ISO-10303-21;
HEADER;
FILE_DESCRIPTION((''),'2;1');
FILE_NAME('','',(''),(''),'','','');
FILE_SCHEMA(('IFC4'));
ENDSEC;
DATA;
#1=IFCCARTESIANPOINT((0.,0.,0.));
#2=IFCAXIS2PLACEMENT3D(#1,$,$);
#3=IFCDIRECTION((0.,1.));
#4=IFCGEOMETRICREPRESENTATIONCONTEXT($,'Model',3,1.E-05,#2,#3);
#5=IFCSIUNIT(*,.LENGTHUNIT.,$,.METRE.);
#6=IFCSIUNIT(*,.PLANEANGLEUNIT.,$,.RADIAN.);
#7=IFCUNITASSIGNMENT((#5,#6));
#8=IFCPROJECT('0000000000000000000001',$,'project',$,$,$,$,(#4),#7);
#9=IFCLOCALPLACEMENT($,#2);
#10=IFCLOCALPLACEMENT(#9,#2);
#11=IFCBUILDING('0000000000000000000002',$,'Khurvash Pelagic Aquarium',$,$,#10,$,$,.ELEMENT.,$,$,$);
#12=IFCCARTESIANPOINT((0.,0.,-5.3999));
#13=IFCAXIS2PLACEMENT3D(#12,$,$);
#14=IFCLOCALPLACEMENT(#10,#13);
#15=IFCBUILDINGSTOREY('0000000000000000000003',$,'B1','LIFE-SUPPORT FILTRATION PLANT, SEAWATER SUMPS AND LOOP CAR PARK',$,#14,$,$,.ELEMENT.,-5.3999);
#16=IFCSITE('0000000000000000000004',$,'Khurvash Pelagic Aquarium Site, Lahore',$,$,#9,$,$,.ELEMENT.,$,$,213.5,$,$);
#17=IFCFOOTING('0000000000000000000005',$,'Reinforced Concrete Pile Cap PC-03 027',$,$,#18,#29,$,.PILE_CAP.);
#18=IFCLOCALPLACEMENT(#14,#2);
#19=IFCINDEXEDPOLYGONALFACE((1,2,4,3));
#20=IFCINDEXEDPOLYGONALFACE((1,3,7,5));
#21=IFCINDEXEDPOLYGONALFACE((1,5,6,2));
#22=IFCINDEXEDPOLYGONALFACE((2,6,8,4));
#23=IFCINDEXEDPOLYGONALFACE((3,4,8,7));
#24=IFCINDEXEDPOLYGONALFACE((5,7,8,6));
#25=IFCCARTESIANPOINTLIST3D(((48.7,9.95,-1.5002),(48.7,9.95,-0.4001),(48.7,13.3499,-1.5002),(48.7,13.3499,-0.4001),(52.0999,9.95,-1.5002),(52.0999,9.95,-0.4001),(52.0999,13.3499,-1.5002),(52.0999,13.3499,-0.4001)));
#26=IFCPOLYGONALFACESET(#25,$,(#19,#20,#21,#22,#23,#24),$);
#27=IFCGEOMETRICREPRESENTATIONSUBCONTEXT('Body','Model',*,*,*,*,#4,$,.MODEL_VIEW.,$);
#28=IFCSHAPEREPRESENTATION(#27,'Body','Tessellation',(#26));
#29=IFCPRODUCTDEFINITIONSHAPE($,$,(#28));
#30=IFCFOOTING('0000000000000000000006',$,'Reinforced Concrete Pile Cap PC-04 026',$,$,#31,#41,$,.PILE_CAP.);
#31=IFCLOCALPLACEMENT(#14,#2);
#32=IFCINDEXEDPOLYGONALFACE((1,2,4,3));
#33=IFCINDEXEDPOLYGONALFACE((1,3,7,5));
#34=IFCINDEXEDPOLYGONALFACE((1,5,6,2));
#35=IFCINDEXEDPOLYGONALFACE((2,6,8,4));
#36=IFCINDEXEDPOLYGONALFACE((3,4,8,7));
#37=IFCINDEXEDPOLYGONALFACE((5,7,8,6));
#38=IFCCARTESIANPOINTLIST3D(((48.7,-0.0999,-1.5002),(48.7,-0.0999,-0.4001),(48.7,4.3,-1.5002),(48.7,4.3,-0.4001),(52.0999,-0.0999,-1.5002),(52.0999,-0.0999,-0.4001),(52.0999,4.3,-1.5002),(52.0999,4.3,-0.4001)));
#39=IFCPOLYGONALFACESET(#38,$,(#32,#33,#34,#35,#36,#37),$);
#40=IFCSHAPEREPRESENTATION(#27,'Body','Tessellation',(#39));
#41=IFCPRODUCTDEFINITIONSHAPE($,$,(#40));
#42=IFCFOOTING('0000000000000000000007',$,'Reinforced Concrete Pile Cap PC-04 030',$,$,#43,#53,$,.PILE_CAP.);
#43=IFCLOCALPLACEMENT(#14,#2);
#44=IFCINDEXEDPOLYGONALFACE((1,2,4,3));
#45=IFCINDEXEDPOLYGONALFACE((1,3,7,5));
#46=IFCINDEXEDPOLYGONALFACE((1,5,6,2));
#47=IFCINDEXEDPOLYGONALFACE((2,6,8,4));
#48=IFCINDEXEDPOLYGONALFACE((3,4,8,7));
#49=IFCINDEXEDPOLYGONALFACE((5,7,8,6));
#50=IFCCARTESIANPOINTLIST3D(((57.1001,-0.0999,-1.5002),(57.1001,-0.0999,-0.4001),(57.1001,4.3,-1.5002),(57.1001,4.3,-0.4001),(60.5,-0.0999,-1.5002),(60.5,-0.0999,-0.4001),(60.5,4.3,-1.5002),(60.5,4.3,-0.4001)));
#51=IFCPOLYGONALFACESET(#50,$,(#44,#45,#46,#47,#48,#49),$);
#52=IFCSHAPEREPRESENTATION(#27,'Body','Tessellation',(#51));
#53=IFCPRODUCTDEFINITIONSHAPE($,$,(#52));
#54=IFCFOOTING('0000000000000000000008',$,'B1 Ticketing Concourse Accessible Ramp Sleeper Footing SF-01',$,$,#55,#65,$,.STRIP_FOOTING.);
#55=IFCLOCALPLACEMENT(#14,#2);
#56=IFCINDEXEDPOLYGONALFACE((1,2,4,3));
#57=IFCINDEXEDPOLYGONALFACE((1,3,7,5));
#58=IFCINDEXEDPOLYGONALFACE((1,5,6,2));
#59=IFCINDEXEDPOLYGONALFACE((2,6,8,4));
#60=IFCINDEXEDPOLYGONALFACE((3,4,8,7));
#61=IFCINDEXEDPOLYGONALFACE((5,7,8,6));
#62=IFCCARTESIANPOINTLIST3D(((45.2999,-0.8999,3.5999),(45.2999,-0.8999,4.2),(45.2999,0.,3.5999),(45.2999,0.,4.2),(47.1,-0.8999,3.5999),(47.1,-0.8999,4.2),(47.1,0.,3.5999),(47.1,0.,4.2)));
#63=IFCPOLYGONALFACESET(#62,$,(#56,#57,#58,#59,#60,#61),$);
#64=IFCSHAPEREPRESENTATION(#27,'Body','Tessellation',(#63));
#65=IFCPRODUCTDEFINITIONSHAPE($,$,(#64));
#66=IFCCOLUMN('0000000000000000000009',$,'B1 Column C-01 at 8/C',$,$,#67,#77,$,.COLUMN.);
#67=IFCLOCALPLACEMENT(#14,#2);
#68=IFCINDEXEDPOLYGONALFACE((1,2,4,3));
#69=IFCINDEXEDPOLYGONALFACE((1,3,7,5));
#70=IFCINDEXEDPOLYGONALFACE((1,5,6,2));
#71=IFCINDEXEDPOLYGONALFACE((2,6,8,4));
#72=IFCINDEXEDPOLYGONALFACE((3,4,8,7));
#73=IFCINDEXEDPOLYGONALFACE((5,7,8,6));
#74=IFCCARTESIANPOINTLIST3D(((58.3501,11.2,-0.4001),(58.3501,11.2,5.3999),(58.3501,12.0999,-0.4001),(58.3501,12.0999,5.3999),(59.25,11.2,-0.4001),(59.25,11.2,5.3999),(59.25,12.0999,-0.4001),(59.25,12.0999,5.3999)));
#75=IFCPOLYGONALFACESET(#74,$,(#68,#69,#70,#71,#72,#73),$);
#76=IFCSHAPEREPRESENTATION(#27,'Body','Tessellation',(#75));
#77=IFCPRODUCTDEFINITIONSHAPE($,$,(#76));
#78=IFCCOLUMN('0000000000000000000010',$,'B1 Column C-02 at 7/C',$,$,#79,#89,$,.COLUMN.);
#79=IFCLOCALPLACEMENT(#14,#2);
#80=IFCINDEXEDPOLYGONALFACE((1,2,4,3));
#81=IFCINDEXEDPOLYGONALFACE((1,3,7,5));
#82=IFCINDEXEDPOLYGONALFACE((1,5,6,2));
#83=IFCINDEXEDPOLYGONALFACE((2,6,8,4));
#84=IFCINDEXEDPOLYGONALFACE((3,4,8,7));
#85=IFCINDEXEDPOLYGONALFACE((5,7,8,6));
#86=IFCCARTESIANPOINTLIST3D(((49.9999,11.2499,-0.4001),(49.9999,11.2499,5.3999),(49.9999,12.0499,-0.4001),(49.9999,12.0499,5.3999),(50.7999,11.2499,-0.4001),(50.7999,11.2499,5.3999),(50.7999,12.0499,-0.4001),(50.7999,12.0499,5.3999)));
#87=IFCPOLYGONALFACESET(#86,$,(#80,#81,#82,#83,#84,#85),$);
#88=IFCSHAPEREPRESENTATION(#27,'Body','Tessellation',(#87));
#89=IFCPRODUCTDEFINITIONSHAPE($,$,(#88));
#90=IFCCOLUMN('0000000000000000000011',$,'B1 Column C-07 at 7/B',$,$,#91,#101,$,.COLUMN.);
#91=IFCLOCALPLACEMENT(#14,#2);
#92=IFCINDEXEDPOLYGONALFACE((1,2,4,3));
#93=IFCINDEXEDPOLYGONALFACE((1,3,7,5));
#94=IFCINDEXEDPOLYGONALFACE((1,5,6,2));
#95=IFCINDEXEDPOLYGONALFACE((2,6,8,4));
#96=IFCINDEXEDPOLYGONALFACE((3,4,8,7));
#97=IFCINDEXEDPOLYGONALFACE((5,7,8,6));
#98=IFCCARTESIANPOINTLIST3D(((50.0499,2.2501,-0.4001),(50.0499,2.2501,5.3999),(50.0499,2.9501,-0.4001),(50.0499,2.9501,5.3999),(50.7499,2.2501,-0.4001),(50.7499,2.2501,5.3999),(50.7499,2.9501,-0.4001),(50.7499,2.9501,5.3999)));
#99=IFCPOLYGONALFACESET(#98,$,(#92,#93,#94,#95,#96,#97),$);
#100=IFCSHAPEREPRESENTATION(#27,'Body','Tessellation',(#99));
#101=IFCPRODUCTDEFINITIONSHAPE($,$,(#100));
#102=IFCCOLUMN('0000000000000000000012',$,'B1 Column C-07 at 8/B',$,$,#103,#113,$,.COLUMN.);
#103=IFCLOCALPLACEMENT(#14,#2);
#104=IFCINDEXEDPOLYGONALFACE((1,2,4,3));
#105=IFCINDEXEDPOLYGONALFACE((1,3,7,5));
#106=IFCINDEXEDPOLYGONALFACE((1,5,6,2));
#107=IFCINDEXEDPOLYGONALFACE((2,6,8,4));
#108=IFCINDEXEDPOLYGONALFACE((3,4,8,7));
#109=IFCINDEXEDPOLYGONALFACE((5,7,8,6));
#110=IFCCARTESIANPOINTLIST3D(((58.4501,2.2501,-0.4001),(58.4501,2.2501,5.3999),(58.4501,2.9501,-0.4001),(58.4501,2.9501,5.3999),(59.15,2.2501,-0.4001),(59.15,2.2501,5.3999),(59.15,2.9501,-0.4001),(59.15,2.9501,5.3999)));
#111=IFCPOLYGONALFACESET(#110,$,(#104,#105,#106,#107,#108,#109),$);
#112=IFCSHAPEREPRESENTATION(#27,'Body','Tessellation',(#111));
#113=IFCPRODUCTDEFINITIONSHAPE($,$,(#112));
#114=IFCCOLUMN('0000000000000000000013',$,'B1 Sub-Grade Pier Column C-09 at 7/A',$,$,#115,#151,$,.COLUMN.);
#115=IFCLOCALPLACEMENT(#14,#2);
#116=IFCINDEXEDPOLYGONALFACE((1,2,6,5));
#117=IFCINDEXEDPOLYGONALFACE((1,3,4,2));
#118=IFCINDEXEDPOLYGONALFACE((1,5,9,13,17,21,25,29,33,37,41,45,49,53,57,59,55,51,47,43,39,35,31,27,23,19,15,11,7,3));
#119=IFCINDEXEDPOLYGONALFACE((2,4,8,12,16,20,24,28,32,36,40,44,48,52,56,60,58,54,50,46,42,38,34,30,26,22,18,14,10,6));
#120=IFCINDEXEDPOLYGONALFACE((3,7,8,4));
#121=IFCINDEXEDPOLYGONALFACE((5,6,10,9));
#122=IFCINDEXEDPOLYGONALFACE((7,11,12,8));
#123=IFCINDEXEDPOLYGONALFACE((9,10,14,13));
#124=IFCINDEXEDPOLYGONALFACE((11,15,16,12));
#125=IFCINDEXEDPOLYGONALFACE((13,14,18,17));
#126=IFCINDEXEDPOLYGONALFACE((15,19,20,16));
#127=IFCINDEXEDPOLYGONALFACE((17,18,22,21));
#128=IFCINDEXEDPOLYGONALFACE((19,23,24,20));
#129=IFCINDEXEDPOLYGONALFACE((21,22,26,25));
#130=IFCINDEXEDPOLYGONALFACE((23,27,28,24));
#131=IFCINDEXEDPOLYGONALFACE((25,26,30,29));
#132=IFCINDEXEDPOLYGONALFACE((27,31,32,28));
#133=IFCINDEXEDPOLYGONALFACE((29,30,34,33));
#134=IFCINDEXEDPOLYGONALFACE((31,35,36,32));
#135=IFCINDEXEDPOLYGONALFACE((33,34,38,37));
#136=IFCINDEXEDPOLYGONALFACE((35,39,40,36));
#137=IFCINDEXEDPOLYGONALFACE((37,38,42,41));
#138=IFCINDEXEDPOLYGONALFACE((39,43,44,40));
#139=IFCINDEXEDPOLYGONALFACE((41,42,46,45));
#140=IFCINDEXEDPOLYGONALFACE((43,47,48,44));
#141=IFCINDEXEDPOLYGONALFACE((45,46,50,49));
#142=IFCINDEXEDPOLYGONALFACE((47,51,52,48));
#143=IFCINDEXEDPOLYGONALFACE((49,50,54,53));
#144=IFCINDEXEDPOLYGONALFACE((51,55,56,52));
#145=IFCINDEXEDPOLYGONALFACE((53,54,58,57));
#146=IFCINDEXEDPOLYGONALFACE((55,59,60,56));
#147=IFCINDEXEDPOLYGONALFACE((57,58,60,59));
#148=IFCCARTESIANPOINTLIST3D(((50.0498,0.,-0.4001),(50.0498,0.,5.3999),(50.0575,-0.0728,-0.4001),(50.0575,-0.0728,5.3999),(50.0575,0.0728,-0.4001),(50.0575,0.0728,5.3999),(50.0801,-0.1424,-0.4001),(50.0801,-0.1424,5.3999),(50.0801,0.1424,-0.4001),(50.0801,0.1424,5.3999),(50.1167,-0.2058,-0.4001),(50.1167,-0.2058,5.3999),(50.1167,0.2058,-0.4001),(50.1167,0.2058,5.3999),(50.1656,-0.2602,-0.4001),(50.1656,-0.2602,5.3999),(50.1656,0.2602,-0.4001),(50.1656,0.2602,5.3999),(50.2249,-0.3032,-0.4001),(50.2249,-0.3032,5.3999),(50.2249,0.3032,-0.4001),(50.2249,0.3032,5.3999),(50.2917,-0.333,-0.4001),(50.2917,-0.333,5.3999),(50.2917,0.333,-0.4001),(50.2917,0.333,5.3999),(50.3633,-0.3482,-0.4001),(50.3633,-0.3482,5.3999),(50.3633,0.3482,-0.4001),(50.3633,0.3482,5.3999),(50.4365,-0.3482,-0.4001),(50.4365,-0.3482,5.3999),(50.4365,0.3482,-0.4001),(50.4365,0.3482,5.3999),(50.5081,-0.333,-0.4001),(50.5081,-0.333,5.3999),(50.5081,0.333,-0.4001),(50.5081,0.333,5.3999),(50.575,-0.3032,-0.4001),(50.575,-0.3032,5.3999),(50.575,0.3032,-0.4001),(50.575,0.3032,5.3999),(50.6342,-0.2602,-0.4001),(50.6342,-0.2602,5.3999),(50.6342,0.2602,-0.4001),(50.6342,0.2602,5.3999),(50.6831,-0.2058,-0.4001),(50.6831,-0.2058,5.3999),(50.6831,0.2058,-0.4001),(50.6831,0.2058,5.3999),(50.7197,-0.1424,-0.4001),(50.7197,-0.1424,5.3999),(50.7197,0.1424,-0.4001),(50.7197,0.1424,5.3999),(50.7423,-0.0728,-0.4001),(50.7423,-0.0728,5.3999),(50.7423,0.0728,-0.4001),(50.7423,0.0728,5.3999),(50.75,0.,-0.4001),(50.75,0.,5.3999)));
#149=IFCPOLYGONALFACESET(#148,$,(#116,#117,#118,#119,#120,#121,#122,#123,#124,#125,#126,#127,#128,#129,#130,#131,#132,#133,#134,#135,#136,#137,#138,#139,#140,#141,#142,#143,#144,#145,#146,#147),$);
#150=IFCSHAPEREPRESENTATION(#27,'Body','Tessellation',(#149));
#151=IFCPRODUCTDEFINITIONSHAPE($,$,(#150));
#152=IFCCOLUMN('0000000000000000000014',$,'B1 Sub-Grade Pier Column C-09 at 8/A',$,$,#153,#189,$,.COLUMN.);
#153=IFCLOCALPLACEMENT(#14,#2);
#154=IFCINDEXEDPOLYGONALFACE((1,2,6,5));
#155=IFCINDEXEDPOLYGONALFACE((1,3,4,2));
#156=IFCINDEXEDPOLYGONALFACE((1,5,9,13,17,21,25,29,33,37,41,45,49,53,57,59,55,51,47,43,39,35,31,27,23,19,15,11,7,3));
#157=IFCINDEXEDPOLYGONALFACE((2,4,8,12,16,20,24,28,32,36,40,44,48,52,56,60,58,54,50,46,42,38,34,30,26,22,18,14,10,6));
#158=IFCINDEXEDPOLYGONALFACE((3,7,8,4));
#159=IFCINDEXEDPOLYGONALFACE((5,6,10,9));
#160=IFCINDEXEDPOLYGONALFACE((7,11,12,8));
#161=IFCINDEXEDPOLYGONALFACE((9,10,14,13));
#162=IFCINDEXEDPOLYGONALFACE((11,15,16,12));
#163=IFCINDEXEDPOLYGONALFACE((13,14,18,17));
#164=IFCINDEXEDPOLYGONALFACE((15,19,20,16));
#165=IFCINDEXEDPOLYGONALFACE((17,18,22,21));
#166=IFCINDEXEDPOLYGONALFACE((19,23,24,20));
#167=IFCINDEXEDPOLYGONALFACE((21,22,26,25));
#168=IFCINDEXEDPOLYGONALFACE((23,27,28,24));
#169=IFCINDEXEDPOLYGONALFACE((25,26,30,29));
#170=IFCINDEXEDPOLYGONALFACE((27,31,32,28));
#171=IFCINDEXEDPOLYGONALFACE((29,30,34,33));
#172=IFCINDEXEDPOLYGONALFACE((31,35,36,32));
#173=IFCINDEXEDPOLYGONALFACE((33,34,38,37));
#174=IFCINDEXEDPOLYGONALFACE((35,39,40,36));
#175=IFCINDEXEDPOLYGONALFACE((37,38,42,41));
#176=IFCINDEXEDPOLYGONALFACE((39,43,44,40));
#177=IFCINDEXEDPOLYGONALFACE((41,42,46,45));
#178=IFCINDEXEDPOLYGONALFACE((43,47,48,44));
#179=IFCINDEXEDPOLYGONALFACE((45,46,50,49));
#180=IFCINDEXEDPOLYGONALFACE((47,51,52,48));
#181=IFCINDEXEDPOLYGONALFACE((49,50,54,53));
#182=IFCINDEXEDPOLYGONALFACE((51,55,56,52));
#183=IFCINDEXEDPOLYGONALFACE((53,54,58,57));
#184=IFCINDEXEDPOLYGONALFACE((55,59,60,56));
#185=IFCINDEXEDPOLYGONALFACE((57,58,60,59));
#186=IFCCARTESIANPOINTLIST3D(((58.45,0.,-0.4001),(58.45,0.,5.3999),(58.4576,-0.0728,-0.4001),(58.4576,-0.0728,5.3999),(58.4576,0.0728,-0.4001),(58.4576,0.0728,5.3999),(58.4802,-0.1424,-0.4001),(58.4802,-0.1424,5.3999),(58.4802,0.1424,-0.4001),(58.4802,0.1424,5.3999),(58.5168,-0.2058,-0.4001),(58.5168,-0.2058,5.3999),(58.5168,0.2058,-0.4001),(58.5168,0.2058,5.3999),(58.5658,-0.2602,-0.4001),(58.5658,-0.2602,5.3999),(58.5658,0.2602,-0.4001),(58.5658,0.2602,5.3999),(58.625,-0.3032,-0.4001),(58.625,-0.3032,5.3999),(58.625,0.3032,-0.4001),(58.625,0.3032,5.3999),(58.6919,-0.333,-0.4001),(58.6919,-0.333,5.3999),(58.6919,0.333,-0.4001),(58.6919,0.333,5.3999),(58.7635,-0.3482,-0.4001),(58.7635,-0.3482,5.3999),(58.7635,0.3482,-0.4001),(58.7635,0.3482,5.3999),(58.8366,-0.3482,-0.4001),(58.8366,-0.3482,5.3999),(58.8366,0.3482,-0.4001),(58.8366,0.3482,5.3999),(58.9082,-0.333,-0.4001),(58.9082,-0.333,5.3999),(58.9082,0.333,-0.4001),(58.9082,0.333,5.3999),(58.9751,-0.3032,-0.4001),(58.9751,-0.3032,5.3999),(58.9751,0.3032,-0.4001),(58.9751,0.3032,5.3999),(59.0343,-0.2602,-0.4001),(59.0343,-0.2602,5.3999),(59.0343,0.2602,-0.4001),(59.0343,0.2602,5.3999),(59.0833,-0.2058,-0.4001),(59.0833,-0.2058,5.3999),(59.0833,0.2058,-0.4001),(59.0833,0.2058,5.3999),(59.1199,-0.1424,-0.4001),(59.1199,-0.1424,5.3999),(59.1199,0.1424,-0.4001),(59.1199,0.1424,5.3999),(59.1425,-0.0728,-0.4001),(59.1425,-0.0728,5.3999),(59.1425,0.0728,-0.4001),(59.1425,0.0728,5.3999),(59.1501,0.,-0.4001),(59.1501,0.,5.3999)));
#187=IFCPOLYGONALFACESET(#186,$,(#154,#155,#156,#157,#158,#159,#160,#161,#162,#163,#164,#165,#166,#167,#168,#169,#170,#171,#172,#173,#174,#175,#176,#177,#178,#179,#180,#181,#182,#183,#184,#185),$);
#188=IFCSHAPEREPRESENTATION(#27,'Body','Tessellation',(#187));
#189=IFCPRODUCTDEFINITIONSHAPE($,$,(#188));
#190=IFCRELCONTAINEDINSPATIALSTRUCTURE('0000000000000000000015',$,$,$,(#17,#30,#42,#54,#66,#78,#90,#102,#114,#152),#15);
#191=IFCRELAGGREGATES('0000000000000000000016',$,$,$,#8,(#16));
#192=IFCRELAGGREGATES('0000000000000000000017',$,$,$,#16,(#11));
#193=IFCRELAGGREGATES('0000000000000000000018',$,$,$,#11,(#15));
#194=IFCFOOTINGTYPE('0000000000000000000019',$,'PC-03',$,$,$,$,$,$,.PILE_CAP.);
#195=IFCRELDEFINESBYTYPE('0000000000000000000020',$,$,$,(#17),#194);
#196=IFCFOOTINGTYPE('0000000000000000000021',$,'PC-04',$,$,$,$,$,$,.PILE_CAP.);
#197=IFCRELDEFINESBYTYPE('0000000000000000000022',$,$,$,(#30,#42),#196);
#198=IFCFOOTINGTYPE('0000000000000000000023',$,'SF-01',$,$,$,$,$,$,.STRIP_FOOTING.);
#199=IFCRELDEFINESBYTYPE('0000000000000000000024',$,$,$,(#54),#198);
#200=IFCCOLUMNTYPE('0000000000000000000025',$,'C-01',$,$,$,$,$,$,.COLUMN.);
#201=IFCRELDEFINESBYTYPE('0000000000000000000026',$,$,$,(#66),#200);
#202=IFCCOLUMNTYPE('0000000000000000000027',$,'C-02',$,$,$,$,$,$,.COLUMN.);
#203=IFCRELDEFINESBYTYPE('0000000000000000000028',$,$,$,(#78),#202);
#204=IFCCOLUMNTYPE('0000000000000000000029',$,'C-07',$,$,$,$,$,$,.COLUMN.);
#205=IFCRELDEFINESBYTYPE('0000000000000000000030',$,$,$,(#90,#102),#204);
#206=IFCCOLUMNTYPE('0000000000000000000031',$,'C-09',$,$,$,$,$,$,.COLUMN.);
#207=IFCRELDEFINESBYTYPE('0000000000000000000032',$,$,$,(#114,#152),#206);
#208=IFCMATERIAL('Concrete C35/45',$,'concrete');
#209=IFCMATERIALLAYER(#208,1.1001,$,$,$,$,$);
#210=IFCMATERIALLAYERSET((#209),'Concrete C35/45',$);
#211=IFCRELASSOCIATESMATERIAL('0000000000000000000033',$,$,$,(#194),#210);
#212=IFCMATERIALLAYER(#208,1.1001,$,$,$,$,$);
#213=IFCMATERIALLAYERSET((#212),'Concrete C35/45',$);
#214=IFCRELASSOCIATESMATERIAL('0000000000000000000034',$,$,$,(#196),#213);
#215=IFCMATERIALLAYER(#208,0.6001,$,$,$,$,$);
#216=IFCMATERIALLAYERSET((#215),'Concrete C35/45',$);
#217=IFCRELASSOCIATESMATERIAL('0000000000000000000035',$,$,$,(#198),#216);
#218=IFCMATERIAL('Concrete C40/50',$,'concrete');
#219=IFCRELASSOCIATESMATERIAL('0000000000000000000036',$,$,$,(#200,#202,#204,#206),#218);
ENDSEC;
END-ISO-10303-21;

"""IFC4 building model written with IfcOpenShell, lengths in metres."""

from ifc_helpers import new_model, si_unit, direction, frame, origin, origin_2d, place, context, subcontext, project, spatial, rectangle, circle, extrude, material, layer, layer_set, material_profile, profile_set, type_object, element, save


model = new_model("IFC4")

# Units and contexts
model_context = context("Model", 3, precision=1e-05, world=origin(), true_north=direction((0.0, 1.0)))
body_context = subcontext(model_context, "Body", "Model", "MODEL_VIEW")
ifc_project = project(units=[si_unit("LENGTHUNIT", "METRE"), si_unit("PLANEANGLEUNIT", "RADIAN")], contexts=[model_context])

# Site, building, storey
site_placement = place(None, origin())
site = spatial("IfcSite", under=ifc_project, at=site_placement, Name="Khurvash Pelagic Aquarium Site, Lahore", CompositionType="ELEMENT", RefElevation=213.5)
building_placement = place(site_placement, origin())
building = spatial("IfcBuilding", under=site, at=building_placement, Name="Khurvash Pelagic Aquarium", CompositionType="ELEMENT")
storey_placement = place(building_placement, frame((0.0, 0.0, -5.3999)))
storey = spatial("IfcBuildingStorey", under=building, at=storey_placement, Name="B1", Description="LIFE-SUPPORT FILTRATION PLANT, SEAWATER SUMPS AND LOOP CAR PARK", CompositionType="ELEMENT", Elevation=-5.3999)

# Shared definitions
ifc_material_1 = material(Name="Concrete C35/45", Category="concrete")

# Footings
ifc_layer_1 = layer(ifc_material_1, 1.1001)
ifc_layer_set_1 = layer_set([ifc_layer_1], Name="Concrete C35/45")
footing_type_1 = type_object("IfcFootingType", Name="PC-03", PredefinedType="PILE_CAP", material=ifc_layer_set_1)
footing_1_placement = place(storey_placement, frame((50.3999, 11.6499, -1.5002), z_axis=(0.0, 0.0, 1.0), x_axis=(1.0, 0.0, 0.0)))
element("IfcFooting", 1, at=footing_1_placement, inside=storey, type_object=footing_type_1, Name="Reinforced Concrete Pile Cap PC-03 027", PredefinedType="PILE_CAP", context=body_context, shape_type="SweptSolid", body=[
    extrude(rectangle(XDim=3.3999, YDim=3.3999, at=origin_2d()), origin(), (0.0, 0.0, 1.0), 1.1001),
])
ifc_layer_2 = layer(ifc_material_1, 1.1001)
ifc_layer_set_2 = layer_set([ifc_layer_2], Name="Concrete C35/45")
footing_type_2 = type_object("IfcFootingType", Name="PC-04", PredefinedType="PILE_CAP", material=ifc_layer_set_2)
for number, where, z_axis, x_axis, name in (
    (2, (50.3999, 2.1001, -1.5002), (0.0, 0.0, 1.0), (1.0, 0.0, 0.0), "Reinforced Concrete Pile Cap PC-04 026"),
    (3, (58.8, 2.1001, -1.5002), (0.0, 0.0, 1.0), (1.0, 0.0, 0.0), "Reinforced Concrete Pile Cap PC-04 030"),
):
    element("IfcFooting", number, at=place(storey_placement, frame(where, z_axis=z_axis, x_axis=x_axis)), inside=storey, type_object=footing_type_2, Name=name, PredefinedType="PILE_CAP", context=body_context, shape_type="SweptSolid", body=[
        extrude(rectangle(XDim=3.3999, YDim=4.3999, at=origin_2d()), origin(), (0.0, 0.0, 1.0), 1.1001),
    ])
ifc_layer_3 = layer(ifc_material_1, 0.6001)
ifc_layer_set_3 = layer_set([ifc_layer_3], Name="Concrete C35/45")
footing_type_3 = type_object("IfcFootingType", Name="SF-01", PredefinedType="STRIP_FOOTING", material=ifc_layer_set_3)
footing_2_placement = place(storey_placement, frame((46.2, -0.45, 3.5999), z_axis=(0.0, 0.0, 1.0), x_axis=(1.0, 0.0, 0.0)))
element("IfcFooting", 4, at=footing_2_placement, inside=storey, type_object=footing_type_3, Name="B1 Ticketing Concourse Accessible Ramp Sleeper Footing SF-01", PredefinedType="STRIP_FOOTING", context=body_context, shape_type="SweptSolid", body=[
    extrude(rectangle(XDim=1.8, YDim=0.8999, at=origin_2d()), origin(), (0.0, 0.0, 1.0), 0.6001),
])

# Columns
ifc_material_2 = material(Name="Concrete C40/50", Category="concrete")
ifc_material_profile_1 = material_profile(ifc_material_2, rectangle(XDim=0.8999, YDim=0.8999, at=origin_2d()), Name="RC900X900")
ifc_profile_set_1 = profile_set([ifc_material_profile_1], Name="Concrete C40/50")
column_type_1 = type_object("IfcColumnType", Name="C-01", PredefinedType="COLUMN", material=ifc_profile_set_1)
column_1_placement = place(storey_placement, frame((58.8, 11.6499, -0.4001), z_axis=(0.0, 0.0, 1.0), x_axis=(1.0, 0.0, 0.0)))
element("IfcColumn", 5, at=column_1_placement, inside=storey, type_object=column_type_1, Name="B1 Column C-01 at 8/C", PredefinedType="COLUMN", context=body_context, shape_type="SweptSolid", body=[
    extrude(rectangle(XDim=0.8999, YDim=0.8999, at=origin_2d()), origin(), (0.0, 0.0, 1.0), 5.8),
])
ifc_material_profile_2 = material_profile(ifc_material_2, rectangle(XDim=0.8, YDim=0.8, at=origin_2d()), Name="RC800X800")
ifc_profile_set_2 = profile_set([ifc_material_profile_2], Name="Concrete C40/50")
column_type_2 = type_object("IfcColumnType", Name="C-02", PredefinedType="COLUMN", material=ifc_profile_set_2)
column_2_placement = place(storey_placement, frame((50.3999, 11.6499, -0.4001), z_axis=(0.0, 0.0, 1.0), x_axis=(1.0, 0.0, 0.0)))
element("IfcColumn", 6, at=column_2_placement, inside=storey, type_object=column_type_2, Name="B1 Column C-02 at 7/C", PredefinedType="COLUMN", context=body_context, shape_type="SweptSolid", body=[
    extrude(rectangle(XDim=0.8, YDim=0.8, at=origin_2d()), origin(), (0.0, 0.0, 1.0), 5.8),
])
ifc_material_profile_3 = material_profile(ifc_material_2, rectangle(XDim=0.7, YDim=0.7, at=origin_2d()), Name="RC700X700")
ifc_profile_set_3 = profile_set([ifc_material_profile_3], Name="Concrete C40/50")
column_type_3 = type_object("IfcColumnType", Name="C-07", PredefinedType="COLUMN", material=ifc_profile_set_3)
for number, where, z_axis, x_axis, name in (
    (7, (50.3999, 2.6001, -0.4001), (0.0, 0.0, 1.0), (1.0, 0.0, 0.0), "B1 Column C-07 at 7/B"),
    (8, (58.8, 2.6001, -0.4001), (0.0, 0.0, 1.0), (1.0, 0.0, 0.0), "B1 Column C-07 at 8/B"),
):
    element("IfcColumn", number, at=place(storey_placement, frame(where, z_axis=z_axis, x_axis=x_axis)), inside=storey, type_object=column_type_3, Name=name, PredefinedType="COLUMN", context=body_context, shape_type="SweptSolid", body=[
        extrude(rectangle(XDim=0.7, YDim=0.7, at=origin_2d()), origin(), (0.0, 0.0, 1.0), 5.8),
    ])
ifc_material_profile_4 = material_profile(ifc_material_2, circle(Radius=0.3501, at=origin_2d()), Name="RC700D")
ifc_profile_set_4 = profile_set([ifc_material_profile_4], Name="Concrete C40/50")
column_type_4 = type_object("IfcColumnType", Name="C-09", PredefinedType="COLUMN", material=ifc_profile_set_4)
for number, where, z_axis, x_axis, name in (
    (9, (50.3999, 0.0, -0.4001), (0.0, 0.0, 1.0), (1.0, 0.0, 0.0), "B1 Sub-Grade Pier Column C-09 at 7/A"),
    (10, (58.8, 0.0, -0.4001), (0.0, 0.0, 1.0), (1.0, 0.0, 0.0), "B1 Sub-Grade Pier Column C-09 at 8/A"),
):
    element("IfcColumn", number, at=place(storey_placement, frame(where, z_axis=z_axis, x_axis=x_axis)), inside=storey, type_object=column_type_4, Name=name, PredefinedType="COLUMN", context=body_context, shape_type="SweptSolid", body=[
        extrude(circle(Radius=0.3501, at=origin_2d()), origin(), (0.0, 0.0, 1.0), 5.8),
    ])

save(model, "model.ifc")
